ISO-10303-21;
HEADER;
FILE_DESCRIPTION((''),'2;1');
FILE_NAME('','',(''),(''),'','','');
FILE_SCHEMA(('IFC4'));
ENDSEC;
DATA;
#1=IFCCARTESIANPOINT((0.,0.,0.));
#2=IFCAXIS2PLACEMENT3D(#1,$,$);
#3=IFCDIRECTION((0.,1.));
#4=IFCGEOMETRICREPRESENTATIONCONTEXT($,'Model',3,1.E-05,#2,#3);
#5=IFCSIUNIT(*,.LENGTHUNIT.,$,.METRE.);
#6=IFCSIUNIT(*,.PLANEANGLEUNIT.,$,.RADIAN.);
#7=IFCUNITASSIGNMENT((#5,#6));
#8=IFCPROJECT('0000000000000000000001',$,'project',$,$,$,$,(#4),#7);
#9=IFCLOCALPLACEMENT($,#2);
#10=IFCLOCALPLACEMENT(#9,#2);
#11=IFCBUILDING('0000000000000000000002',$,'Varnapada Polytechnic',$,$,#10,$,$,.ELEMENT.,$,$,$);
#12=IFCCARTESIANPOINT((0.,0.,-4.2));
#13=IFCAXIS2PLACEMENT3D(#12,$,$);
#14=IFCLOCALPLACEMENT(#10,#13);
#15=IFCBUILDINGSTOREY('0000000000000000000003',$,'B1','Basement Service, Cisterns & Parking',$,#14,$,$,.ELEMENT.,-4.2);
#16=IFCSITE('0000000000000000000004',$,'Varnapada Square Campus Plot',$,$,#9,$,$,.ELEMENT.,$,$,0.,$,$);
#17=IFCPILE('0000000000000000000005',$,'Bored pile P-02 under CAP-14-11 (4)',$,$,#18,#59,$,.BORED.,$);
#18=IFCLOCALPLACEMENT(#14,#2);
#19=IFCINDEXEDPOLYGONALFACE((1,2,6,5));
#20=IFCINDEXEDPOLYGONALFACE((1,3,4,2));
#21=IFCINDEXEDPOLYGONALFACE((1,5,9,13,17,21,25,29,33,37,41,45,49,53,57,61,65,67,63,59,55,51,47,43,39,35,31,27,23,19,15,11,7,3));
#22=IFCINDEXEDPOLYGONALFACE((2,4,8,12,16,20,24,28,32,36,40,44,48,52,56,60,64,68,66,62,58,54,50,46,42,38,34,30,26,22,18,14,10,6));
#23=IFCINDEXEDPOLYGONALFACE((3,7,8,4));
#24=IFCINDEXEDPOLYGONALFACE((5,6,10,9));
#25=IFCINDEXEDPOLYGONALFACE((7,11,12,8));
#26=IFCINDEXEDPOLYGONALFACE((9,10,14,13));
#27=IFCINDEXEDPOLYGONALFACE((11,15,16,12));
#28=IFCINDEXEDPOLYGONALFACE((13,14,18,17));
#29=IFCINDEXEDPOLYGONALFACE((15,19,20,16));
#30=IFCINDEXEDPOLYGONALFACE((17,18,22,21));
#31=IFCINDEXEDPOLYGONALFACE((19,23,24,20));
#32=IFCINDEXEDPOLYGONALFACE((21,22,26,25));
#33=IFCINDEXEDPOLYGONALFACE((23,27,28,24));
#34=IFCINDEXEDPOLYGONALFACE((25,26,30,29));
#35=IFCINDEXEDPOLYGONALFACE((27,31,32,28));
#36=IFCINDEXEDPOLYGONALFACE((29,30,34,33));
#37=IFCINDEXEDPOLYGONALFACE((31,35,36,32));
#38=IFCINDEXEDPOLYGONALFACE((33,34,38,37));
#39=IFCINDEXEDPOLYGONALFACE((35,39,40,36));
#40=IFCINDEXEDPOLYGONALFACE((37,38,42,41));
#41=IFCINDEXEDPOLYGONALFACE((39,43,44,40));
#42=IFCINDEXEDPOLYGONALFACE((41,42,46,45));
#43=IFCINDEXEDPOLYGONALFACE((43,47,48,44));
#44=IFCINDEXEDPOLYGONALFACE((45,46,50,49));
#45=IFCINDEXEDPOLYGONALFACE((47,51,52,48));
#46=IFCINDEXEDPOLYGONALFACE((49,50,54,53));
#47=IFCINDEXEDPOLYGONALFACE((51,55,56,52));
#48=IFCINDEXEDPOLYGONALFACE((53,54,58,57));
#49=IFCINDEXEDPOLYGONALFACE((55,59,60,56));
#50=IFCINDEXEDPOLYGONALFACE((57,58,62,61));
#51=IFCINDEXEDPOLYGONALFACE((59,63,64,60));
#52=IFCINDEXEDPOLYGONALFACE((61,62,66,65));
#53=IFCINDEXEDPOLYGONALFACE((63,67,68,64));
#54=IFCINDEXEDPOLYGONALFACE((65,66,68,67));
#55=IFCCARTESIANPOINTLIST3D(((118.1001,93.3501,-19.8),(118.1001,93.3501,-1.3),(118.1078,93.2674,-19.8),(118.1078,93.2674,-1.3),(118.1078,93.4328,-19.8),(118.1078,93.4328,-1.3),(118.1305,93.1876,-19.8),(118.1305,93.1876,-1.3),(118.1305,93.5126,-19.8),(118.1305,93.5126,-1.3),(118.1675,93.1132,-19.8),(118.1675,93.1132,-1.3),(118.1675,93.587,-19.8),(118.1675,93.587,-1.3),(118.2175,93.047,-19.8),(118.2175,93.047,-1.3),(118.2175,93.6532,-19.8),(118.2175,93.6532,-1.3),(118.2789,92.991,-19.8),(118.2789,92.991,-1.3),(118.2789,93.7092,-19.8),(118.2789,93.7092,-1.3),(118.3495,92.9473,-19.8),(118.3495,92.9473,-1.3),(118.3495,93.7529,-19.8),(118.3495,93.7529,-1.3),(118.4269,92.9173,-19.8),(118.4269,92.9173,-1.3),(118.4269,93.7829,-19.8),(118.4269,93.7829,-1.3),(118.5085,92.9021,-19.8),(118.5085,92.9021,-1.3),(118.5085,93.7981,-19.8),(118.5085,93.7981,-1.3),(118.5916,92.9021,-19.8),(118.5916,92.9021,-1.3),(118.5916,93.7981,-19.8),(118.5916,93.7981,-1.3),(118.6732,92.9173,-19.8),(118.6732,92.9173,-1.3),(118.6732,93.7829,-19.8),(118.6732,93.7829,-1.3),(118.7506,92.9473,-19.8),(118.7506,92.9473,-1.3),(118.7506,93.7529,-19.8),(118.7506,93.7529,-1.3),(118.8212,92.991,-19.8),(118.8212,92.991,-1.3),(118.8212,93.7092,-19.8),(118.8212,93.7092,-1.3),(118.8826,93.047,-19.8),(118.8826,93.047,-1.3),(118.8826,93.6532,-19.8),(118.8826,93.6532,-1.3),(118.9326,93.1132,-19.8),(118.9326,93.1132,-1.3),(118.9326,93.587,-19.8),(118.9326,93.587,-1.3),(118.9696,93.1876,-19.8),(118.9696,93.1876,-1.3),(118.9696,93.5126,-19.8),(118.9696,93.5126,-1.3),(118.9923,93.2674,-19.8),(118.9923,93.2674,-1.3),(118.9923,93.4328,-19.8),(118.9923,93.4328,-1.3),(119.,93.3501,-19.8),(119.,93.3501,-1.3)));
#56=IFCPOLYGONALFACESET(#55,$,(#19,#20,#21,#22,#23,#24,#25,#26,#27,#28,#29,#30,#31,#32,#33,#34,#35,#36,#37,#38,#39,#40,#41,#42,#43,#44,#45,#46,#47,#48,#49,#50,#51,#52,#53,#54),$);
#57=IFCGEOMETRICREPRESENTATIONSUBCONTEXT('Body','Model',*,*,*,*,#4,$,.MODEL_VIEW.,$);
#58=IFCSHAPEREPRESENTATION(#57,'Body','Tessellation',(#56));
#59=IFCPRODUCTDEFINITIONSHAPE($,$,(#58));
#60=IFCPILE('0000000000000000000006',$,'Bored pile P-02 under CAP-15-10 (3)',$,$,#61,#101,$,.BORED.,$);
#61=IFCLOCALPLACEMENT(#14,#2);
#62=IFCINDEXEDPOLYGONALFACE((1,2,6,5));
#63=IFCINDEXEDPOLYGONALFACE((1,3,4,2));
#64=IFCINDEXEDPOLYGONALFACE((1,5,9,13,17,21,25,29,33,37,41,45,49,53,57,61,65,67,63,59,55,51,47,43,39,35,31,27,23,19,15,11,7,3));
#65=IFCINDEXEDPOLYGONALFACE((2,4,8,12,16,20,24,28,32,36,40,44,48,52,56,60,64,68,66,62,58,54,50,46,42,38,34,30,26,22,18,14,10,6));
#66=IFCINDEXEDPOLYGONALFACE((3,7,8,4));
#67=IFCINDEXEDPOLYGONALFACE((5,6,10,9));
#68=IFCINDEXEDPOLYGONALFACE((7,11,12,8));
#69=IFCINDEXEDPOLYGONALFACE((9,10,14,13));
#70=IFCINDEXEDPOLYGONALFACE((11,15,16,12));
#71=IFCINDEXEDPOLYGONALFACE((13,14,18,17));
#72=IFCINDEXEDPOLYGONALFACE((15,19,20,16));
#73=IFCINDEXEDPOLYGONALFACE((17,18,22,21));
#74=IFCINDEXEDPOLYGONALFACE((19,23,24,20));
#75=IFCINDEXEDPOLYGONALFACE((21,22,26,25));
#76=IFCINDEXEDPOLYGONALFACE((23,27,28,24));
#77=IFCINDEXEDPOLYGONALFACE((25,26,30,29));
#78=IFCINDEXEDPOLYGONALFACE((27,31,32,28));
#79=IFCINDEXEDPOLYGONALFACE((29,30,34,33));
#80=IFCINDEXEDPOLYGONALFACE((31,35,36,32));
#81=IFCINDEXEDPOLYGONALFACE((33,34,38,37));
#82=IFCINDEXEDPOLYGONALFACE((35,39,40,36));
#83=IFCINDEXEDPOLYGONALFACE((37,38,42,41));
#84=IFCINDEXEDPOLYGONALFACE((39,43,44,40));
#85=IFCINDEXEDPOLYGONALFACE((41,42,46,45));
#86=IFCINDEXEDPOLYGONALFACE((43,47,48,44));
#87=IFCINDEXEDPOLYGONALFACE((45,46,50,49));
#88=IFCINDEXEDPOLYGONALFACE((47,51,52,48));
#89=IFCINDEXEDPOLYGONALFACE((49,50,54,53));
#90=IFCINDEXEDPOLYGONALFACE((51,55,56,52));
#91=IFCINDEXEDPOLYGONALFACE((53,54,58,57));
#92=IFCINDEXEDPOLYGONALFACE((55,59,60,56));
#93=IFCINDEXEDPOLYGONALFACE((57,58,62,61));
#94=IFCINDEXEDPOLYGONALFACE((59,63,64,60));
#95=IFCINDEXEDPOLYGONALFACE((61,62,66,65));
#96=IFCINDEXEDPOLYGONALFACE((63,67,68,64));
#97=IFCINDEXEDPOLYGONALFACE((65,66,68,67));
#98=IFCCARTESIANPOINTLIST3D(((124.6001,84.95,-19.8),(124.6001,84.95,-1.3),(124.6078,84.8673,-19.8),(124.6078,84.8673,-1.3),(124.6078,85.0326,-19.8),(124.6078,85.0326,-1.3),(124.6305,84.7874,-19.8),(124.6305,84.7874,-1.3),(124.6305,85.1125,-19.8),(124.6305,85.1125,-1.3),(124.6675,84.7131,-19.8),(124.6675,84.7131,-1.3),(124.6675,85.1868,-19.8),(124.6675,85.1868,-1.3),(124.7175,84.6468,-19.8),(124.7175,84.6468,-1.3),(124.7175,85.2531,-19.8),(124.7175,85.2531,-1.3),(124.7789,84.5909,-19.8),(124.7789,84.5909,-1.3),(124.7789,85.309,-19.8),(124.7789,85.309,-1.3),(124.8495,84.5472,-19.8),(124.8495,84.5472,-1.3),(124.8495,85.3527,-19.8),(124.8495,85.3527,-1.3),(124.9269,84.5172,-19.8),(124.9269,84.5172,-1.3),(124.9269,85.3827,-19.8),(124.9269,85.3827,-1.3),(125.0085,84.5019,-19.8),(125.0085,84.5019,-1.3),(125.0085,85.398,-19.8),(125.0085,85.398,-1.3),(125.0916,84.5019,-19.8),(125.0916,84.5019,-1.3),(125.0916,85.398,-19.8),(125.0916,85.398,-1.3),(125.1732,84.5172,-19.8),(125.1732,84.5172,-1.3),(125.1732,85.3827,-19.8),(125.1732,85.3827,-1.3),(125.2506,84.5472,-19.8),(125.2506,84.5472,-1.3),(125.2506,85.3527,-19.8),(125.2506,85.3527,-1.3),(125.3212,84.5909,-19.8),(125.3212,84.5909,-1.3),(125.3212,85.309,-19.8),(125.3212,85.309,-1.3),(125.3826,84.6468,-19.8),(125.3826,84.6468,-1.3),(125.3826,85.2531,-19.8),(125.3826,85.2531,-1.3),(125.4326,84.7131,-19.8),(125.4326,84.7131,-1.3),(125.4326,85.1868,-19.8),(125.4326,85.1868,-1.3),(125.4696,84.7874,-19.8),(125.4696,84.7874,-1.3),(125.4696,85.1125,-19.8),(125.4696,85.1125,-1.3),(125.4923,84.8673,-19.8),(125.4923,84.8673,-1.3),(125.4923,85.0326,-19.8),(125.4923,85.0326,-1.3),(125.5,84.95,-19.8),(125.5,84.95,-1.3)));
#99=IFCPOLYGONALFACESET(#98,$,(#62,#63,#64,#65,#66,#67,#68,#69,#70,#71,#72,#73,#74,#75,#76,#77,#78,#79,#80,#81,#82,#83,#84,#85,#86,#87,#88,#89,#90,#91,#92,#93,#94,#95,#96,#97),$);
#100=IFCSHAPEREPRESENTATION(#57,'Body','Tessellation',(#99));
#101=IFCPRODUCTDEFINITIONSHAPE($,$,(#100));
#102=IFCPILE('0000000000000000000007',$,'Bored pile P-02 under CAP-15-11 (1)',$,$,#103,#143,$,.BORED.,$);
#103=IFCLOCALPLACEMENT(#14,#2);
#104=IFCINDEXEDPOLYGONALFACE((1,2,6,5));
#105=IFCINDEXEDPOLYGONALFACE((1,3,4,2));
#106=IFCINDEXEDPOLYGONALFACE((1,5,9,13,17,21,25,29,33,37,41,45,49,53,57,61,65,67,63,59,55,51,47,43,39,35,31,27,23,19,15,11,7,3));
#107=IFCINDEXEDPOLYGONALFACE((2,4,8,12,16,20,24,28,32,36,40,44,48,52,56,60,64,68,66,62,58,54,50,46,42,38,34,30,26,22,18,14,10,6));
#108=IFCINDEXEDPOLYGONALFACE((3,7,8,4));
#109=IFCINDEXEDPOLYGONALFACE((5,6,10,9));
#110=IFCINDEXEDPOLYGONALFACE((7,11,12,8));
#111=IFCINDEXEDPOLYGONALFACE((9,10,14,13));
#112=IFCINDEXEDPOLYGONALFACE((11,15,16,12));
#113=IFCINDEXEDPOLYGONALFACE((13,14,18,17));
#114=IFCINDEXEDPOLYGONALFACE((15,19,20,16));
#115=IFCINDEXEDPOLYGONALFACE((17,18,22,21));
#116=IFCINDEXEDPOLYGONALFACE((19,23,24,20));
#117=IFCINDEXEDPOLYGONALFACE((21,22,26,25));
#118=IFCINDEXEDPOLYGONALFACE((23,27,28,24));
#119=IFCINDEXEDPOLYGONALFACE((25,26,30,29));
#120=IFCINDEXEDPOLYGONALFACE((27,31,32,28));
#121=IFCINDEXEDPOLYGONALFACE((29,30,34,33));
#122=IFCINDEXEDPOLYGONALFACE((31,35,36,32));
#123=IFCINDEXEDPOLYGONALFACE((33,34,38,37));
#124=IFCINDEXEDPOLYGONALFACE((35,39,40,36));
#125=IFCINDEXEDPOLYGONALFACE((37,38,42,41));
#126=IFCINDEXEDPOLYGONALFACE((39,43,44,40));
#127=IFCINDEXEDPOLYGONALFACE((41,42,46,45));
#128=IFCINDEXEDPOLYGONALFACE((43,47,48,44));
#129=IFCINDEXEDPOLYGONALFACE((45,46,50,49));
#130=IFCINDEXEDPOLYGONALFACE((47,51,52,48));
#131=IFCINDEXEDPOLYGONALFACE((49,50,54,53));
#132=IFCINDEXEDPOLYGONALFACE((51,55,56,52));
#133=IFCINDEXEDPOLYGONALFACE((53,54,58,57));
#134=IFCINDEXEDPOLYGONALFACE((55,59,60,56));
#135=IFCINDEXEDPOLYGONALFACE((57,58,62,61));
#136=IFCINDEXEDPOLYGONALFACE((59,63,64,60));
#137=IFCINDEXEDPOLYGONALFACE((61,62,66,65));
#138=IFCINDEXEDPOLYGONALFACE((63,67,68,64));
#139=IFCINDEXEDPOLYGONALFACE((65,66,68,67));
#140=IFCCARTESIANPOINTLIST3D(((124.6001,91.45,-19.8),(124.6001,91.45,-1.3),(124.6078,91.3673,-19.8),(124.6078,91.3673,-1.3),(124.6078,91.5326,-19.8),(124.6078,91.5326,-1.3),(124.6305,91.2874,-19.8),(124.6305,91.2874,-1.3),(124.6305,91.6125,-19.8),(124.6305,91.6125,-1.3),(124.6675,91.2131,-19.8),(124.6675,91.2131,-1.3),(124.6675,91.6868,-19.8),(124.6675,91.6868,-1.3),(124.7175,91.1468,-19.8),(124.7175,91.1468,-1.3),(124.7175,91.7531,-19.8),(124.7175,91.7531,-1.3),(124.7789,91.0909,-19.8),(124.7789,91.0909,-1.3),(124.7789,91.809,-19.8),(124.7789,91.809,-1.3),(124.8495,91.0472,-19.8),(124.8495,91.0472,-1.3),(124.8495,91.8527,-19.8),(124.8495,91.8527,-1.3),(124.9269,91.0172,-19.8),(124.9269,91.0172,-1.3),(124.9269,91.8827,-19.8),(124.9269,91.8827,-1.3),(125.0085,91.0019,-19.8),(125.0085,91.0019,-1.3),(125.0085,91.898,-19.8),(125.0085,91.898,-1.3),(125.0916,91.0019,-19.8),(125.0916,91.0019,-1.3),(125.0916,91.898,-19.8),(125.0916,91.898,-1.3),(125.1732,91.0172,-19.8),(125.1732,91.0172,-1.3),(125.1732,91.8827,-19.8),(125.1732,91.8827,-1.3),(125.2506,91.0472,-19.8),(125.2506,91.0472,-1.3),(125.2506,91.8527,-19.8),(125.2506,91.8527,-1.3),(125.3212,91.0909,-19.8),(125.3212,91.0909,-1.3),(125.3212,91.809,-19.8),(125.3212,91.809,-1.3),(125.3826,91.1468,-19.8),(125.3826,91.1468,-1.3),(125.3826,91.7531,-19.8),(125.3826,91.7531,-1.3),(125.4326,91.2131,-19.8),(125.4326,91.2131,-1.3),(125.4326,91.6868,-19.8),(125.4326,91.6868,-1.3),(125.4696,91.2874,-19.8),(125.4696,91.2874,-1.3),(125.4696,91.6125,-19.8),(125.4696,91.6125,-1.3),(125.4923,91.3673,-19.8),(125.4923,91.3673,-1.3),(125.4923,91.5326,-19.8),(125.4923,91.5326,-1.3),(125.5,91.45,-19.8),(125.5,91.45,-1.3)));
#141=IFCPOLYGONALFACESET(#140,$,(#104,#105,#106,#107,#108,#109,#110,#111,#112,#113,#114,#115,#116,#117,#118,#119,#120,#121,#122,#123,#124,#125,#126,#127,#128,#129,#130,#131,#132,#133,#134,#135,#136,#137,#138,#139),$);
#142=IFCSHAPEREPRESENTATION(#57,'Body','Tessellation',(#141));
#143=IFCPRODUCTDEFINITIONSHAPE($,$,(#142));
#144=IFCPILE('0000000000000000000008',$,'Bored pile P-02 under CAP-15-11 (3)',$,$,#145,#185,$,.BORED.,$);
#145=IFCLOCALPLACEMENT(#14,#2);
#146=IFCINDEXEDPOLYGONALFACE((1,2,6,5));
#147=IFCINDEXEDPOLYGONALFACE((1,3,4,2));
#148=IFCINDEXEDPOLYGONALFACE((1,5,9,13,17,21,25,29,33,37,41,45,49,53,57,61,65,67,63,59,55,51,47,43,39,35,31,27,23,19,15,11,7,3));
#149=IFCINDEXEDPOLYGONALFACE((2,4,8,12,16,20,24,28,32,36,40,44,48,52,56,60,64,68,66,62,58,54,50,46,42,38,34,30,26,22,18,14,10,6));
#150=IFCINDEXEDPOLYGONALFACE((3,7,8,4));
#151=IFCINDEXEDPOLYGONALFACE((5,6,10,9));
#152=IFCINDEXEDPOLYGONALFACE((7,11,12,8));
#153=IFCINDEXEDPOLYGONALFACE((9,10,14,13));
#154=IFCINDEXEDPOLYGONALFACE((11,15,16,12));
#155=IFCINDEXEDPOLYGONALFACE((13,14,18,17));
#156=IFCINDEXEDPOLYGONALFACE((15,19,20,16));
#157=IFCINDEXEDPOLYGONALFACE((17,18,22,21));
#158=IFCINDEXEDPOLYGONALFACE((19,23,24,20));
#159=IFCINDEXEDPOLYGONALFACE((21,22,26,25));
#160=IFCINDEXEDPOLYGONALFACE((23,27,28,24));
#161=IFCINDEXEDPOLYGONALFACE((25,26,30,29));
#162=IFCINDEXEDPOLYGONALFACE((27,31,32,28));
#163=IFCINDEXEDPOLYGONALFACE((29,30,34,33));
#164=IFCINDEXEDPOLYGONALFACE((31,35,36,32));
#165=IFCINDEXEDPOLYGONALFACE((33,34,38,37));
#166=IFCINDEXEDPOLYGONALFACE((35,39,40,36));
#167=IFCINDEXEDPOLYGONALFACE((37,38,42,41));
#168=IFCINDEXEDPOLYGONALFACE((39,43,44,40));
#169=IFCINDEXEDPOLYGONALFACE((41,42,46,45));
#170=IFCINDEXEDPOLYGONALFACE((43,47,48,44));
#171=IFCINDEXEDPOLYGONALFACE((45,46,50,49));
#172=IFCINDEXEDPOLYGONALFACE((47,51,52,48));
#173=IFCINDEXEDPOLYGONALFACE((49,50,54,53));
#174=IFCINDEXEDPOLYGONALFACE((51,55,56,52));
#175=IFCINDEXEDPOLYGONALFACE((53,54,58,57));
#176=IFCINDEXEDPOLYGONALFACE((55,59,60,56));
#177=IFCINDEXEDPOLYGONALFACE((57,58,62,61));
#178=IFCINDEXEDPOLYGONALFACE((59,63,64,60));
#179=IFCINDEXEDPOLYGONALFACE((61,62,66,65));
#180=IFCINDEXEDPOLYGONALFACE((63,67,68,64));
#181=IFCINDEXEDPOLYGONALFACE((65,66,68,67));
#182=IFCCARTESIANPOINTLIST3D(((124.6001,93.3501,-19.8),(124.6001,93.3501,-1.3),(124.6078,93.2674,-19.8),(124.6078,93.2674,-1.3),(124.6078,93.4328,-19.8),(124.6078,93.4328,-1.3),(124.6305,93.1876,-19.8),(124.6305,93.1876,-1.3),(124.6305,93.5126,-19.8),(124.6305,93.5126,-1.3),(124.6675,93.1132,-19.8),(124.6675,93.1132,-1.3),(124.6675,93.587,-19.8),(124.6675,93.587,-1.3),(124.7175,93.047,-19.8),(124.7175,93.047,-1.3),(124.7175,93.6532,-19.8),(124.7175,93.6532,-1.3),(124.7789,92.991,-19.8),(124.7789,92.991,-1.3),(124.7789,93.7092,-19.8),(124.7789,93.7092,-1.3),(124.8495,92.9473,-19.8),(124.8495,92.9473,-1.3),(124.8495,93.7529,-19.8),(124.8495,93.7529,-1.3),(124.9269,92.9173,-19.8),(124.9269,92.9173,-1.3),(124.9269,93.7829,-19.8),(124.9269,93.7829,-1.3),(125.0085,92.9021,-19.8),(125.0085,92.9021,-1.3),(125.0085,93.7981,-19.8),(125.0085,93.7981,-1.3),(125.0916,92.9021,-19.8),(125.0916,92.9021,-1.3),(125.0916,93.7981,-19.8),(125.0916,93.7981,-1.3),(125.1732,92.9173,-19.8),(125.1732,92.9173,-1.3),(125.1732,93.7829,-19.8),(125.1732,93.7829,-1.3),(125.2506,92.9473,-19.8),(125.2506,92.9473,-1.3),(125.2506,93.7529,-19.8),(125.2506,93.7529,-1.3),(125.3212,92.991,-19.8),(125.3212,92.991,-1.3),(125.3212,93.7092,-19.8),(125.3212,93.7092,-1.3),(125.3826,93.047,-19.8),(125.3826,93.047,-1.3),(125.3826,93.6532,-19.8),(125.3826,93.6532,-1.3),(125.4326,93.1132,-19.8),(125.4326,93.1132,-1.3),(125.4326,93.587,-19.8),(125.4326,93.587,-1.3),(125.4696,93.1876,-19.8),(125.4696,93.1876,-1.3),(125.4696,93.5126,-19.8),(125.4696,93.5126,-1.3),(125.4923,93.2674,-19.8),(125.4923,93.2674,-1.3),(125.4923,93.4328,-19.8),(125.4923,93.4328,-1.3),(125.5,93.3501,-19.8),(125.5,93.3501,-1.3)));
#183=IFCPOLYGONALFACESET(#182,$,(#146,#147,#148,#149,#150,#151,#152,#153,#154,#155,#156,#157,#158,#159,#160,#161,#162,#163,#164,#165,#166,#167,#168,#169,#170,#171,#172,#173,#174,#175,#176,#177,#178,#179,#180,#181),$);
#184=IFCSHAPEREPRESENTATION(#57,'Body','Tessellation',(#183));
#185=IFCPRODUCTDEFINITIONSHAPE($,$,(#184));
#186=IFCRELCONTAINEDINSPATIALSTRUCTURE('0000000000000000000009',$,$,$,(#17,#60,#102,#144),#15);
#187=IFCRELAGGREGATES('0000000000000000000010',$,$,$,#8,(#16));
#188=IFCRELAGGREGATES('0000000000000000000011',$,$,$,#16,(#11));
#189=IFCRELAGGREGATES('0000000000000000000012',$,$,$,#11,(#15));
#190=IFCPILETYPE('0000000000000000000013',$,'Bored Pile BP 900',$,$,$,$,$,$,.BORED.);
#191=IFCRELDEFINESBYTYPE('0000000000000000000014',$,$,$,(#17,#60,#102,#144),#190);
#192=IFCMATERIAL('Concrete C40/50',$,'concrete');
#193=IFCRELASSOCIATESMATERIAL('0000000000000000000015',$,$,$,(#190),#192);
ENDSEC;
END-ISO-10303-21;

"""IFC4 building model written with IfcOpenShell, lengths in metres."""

from ifc_helpers import new_model, si_unit, direction, frame, origin, origin_2d, place, context, subcontext, project, spatial, circle, extrude, material, material_profile, profile_set, type_object, element, save


model = new_model("IFC4")

# Units and contexts
model_context = context("Model", 3, precision=1e-05, world=origin(), true_north=direction((0.0, 1.0)))
body_context = subcontext(model_context, "Body", "Model", "MODEL_VIEW")
ifc_project = project(units=[si_unit("LENGTHUNIT", "METRE"), si_unit("PLANEANGLEUNIT", "RADIAN")], contexts=[model_context])

# Site, building, storey
site_placement = place(None, origin())
site = spatial("IfcSite", under=ifc_project, at=site_placement, Name="Varnapada Square Campus Plot", CompositionType="ELEMENT", RefElevation=0.0)
building_placement = place(site_placement, origin())
building = spatial("IfcBuilding", under=site, at=building_placement, Name="Varnapada Polytechnic", CompositionType="ELEMENT")
storey_placement = place(building_placement, frame((0.0, 0.0, -4.2)))
storey = spatial("IfcBuildingStorey", under=building, at=storey_placement, Name="B1", Description="Basement Service, Cisterns & Parking", CompositionType="ELEMENT", Elevation=-4.2)

# Piles
ifc_material_1 = material(Name="Concrete C40/50", Category="concrete")
ifc_material_profile_1 = material_profile(ifc_material_1, circle(Radius=0.45, at=origin_2d()), Name="BP 900")
ifc_profile_set_1 = profile_set([ifc_material_profile_1], Name="Concrete C40/50")
pile_type = type_object("IfcPileType", Name="Bored Pile BP 900", PredefinedType="BORED", material=ifc_profile_set_1)
for number, where, z_axis, x_axis, name in (
    (1, (118.55, 93.3501, -1.3), (0.0, 0.0, -1.0), (1.0, 0.0, 0.0), "Bored pile P-02 under CAP-14-11 (4)"),
    (2, (125.05, 84.95, -1.3), (0.0, 0.0, -1.0), (1.0, 0.0, 0.0), "Bored pile P-02 under CAP-15-10 (3)"),
    (3, (125.05, 91.45, -1.3), (0.0, 0.0, -1.0), (1.0, 0.0, 0.0), "Bored pile P-02 under CAP-15-11 (1)"),
    (4, (125.05, 93.3501, -1.3), (0.0, 0.0, -1.0), (1.0, 0.0, 0.0), "Bored pile P-02 under CAP-15-11 (3)"),
):
    element("IfcPile", number, at=place(storey_placement, frame(where, z_axis=z_axis, x_axis=x_axis)), inside=storey, type_object=pile_type, Name=name, PredefinedType="BORED", context=body_context, shape_type="SweptSolid", body=[
        extrude(circle(Radius=0.45, at=origin_2d()), origin(), (0.0, 0.0, 1.0), 18.5),
    ])

save(model, "model.ifc")
